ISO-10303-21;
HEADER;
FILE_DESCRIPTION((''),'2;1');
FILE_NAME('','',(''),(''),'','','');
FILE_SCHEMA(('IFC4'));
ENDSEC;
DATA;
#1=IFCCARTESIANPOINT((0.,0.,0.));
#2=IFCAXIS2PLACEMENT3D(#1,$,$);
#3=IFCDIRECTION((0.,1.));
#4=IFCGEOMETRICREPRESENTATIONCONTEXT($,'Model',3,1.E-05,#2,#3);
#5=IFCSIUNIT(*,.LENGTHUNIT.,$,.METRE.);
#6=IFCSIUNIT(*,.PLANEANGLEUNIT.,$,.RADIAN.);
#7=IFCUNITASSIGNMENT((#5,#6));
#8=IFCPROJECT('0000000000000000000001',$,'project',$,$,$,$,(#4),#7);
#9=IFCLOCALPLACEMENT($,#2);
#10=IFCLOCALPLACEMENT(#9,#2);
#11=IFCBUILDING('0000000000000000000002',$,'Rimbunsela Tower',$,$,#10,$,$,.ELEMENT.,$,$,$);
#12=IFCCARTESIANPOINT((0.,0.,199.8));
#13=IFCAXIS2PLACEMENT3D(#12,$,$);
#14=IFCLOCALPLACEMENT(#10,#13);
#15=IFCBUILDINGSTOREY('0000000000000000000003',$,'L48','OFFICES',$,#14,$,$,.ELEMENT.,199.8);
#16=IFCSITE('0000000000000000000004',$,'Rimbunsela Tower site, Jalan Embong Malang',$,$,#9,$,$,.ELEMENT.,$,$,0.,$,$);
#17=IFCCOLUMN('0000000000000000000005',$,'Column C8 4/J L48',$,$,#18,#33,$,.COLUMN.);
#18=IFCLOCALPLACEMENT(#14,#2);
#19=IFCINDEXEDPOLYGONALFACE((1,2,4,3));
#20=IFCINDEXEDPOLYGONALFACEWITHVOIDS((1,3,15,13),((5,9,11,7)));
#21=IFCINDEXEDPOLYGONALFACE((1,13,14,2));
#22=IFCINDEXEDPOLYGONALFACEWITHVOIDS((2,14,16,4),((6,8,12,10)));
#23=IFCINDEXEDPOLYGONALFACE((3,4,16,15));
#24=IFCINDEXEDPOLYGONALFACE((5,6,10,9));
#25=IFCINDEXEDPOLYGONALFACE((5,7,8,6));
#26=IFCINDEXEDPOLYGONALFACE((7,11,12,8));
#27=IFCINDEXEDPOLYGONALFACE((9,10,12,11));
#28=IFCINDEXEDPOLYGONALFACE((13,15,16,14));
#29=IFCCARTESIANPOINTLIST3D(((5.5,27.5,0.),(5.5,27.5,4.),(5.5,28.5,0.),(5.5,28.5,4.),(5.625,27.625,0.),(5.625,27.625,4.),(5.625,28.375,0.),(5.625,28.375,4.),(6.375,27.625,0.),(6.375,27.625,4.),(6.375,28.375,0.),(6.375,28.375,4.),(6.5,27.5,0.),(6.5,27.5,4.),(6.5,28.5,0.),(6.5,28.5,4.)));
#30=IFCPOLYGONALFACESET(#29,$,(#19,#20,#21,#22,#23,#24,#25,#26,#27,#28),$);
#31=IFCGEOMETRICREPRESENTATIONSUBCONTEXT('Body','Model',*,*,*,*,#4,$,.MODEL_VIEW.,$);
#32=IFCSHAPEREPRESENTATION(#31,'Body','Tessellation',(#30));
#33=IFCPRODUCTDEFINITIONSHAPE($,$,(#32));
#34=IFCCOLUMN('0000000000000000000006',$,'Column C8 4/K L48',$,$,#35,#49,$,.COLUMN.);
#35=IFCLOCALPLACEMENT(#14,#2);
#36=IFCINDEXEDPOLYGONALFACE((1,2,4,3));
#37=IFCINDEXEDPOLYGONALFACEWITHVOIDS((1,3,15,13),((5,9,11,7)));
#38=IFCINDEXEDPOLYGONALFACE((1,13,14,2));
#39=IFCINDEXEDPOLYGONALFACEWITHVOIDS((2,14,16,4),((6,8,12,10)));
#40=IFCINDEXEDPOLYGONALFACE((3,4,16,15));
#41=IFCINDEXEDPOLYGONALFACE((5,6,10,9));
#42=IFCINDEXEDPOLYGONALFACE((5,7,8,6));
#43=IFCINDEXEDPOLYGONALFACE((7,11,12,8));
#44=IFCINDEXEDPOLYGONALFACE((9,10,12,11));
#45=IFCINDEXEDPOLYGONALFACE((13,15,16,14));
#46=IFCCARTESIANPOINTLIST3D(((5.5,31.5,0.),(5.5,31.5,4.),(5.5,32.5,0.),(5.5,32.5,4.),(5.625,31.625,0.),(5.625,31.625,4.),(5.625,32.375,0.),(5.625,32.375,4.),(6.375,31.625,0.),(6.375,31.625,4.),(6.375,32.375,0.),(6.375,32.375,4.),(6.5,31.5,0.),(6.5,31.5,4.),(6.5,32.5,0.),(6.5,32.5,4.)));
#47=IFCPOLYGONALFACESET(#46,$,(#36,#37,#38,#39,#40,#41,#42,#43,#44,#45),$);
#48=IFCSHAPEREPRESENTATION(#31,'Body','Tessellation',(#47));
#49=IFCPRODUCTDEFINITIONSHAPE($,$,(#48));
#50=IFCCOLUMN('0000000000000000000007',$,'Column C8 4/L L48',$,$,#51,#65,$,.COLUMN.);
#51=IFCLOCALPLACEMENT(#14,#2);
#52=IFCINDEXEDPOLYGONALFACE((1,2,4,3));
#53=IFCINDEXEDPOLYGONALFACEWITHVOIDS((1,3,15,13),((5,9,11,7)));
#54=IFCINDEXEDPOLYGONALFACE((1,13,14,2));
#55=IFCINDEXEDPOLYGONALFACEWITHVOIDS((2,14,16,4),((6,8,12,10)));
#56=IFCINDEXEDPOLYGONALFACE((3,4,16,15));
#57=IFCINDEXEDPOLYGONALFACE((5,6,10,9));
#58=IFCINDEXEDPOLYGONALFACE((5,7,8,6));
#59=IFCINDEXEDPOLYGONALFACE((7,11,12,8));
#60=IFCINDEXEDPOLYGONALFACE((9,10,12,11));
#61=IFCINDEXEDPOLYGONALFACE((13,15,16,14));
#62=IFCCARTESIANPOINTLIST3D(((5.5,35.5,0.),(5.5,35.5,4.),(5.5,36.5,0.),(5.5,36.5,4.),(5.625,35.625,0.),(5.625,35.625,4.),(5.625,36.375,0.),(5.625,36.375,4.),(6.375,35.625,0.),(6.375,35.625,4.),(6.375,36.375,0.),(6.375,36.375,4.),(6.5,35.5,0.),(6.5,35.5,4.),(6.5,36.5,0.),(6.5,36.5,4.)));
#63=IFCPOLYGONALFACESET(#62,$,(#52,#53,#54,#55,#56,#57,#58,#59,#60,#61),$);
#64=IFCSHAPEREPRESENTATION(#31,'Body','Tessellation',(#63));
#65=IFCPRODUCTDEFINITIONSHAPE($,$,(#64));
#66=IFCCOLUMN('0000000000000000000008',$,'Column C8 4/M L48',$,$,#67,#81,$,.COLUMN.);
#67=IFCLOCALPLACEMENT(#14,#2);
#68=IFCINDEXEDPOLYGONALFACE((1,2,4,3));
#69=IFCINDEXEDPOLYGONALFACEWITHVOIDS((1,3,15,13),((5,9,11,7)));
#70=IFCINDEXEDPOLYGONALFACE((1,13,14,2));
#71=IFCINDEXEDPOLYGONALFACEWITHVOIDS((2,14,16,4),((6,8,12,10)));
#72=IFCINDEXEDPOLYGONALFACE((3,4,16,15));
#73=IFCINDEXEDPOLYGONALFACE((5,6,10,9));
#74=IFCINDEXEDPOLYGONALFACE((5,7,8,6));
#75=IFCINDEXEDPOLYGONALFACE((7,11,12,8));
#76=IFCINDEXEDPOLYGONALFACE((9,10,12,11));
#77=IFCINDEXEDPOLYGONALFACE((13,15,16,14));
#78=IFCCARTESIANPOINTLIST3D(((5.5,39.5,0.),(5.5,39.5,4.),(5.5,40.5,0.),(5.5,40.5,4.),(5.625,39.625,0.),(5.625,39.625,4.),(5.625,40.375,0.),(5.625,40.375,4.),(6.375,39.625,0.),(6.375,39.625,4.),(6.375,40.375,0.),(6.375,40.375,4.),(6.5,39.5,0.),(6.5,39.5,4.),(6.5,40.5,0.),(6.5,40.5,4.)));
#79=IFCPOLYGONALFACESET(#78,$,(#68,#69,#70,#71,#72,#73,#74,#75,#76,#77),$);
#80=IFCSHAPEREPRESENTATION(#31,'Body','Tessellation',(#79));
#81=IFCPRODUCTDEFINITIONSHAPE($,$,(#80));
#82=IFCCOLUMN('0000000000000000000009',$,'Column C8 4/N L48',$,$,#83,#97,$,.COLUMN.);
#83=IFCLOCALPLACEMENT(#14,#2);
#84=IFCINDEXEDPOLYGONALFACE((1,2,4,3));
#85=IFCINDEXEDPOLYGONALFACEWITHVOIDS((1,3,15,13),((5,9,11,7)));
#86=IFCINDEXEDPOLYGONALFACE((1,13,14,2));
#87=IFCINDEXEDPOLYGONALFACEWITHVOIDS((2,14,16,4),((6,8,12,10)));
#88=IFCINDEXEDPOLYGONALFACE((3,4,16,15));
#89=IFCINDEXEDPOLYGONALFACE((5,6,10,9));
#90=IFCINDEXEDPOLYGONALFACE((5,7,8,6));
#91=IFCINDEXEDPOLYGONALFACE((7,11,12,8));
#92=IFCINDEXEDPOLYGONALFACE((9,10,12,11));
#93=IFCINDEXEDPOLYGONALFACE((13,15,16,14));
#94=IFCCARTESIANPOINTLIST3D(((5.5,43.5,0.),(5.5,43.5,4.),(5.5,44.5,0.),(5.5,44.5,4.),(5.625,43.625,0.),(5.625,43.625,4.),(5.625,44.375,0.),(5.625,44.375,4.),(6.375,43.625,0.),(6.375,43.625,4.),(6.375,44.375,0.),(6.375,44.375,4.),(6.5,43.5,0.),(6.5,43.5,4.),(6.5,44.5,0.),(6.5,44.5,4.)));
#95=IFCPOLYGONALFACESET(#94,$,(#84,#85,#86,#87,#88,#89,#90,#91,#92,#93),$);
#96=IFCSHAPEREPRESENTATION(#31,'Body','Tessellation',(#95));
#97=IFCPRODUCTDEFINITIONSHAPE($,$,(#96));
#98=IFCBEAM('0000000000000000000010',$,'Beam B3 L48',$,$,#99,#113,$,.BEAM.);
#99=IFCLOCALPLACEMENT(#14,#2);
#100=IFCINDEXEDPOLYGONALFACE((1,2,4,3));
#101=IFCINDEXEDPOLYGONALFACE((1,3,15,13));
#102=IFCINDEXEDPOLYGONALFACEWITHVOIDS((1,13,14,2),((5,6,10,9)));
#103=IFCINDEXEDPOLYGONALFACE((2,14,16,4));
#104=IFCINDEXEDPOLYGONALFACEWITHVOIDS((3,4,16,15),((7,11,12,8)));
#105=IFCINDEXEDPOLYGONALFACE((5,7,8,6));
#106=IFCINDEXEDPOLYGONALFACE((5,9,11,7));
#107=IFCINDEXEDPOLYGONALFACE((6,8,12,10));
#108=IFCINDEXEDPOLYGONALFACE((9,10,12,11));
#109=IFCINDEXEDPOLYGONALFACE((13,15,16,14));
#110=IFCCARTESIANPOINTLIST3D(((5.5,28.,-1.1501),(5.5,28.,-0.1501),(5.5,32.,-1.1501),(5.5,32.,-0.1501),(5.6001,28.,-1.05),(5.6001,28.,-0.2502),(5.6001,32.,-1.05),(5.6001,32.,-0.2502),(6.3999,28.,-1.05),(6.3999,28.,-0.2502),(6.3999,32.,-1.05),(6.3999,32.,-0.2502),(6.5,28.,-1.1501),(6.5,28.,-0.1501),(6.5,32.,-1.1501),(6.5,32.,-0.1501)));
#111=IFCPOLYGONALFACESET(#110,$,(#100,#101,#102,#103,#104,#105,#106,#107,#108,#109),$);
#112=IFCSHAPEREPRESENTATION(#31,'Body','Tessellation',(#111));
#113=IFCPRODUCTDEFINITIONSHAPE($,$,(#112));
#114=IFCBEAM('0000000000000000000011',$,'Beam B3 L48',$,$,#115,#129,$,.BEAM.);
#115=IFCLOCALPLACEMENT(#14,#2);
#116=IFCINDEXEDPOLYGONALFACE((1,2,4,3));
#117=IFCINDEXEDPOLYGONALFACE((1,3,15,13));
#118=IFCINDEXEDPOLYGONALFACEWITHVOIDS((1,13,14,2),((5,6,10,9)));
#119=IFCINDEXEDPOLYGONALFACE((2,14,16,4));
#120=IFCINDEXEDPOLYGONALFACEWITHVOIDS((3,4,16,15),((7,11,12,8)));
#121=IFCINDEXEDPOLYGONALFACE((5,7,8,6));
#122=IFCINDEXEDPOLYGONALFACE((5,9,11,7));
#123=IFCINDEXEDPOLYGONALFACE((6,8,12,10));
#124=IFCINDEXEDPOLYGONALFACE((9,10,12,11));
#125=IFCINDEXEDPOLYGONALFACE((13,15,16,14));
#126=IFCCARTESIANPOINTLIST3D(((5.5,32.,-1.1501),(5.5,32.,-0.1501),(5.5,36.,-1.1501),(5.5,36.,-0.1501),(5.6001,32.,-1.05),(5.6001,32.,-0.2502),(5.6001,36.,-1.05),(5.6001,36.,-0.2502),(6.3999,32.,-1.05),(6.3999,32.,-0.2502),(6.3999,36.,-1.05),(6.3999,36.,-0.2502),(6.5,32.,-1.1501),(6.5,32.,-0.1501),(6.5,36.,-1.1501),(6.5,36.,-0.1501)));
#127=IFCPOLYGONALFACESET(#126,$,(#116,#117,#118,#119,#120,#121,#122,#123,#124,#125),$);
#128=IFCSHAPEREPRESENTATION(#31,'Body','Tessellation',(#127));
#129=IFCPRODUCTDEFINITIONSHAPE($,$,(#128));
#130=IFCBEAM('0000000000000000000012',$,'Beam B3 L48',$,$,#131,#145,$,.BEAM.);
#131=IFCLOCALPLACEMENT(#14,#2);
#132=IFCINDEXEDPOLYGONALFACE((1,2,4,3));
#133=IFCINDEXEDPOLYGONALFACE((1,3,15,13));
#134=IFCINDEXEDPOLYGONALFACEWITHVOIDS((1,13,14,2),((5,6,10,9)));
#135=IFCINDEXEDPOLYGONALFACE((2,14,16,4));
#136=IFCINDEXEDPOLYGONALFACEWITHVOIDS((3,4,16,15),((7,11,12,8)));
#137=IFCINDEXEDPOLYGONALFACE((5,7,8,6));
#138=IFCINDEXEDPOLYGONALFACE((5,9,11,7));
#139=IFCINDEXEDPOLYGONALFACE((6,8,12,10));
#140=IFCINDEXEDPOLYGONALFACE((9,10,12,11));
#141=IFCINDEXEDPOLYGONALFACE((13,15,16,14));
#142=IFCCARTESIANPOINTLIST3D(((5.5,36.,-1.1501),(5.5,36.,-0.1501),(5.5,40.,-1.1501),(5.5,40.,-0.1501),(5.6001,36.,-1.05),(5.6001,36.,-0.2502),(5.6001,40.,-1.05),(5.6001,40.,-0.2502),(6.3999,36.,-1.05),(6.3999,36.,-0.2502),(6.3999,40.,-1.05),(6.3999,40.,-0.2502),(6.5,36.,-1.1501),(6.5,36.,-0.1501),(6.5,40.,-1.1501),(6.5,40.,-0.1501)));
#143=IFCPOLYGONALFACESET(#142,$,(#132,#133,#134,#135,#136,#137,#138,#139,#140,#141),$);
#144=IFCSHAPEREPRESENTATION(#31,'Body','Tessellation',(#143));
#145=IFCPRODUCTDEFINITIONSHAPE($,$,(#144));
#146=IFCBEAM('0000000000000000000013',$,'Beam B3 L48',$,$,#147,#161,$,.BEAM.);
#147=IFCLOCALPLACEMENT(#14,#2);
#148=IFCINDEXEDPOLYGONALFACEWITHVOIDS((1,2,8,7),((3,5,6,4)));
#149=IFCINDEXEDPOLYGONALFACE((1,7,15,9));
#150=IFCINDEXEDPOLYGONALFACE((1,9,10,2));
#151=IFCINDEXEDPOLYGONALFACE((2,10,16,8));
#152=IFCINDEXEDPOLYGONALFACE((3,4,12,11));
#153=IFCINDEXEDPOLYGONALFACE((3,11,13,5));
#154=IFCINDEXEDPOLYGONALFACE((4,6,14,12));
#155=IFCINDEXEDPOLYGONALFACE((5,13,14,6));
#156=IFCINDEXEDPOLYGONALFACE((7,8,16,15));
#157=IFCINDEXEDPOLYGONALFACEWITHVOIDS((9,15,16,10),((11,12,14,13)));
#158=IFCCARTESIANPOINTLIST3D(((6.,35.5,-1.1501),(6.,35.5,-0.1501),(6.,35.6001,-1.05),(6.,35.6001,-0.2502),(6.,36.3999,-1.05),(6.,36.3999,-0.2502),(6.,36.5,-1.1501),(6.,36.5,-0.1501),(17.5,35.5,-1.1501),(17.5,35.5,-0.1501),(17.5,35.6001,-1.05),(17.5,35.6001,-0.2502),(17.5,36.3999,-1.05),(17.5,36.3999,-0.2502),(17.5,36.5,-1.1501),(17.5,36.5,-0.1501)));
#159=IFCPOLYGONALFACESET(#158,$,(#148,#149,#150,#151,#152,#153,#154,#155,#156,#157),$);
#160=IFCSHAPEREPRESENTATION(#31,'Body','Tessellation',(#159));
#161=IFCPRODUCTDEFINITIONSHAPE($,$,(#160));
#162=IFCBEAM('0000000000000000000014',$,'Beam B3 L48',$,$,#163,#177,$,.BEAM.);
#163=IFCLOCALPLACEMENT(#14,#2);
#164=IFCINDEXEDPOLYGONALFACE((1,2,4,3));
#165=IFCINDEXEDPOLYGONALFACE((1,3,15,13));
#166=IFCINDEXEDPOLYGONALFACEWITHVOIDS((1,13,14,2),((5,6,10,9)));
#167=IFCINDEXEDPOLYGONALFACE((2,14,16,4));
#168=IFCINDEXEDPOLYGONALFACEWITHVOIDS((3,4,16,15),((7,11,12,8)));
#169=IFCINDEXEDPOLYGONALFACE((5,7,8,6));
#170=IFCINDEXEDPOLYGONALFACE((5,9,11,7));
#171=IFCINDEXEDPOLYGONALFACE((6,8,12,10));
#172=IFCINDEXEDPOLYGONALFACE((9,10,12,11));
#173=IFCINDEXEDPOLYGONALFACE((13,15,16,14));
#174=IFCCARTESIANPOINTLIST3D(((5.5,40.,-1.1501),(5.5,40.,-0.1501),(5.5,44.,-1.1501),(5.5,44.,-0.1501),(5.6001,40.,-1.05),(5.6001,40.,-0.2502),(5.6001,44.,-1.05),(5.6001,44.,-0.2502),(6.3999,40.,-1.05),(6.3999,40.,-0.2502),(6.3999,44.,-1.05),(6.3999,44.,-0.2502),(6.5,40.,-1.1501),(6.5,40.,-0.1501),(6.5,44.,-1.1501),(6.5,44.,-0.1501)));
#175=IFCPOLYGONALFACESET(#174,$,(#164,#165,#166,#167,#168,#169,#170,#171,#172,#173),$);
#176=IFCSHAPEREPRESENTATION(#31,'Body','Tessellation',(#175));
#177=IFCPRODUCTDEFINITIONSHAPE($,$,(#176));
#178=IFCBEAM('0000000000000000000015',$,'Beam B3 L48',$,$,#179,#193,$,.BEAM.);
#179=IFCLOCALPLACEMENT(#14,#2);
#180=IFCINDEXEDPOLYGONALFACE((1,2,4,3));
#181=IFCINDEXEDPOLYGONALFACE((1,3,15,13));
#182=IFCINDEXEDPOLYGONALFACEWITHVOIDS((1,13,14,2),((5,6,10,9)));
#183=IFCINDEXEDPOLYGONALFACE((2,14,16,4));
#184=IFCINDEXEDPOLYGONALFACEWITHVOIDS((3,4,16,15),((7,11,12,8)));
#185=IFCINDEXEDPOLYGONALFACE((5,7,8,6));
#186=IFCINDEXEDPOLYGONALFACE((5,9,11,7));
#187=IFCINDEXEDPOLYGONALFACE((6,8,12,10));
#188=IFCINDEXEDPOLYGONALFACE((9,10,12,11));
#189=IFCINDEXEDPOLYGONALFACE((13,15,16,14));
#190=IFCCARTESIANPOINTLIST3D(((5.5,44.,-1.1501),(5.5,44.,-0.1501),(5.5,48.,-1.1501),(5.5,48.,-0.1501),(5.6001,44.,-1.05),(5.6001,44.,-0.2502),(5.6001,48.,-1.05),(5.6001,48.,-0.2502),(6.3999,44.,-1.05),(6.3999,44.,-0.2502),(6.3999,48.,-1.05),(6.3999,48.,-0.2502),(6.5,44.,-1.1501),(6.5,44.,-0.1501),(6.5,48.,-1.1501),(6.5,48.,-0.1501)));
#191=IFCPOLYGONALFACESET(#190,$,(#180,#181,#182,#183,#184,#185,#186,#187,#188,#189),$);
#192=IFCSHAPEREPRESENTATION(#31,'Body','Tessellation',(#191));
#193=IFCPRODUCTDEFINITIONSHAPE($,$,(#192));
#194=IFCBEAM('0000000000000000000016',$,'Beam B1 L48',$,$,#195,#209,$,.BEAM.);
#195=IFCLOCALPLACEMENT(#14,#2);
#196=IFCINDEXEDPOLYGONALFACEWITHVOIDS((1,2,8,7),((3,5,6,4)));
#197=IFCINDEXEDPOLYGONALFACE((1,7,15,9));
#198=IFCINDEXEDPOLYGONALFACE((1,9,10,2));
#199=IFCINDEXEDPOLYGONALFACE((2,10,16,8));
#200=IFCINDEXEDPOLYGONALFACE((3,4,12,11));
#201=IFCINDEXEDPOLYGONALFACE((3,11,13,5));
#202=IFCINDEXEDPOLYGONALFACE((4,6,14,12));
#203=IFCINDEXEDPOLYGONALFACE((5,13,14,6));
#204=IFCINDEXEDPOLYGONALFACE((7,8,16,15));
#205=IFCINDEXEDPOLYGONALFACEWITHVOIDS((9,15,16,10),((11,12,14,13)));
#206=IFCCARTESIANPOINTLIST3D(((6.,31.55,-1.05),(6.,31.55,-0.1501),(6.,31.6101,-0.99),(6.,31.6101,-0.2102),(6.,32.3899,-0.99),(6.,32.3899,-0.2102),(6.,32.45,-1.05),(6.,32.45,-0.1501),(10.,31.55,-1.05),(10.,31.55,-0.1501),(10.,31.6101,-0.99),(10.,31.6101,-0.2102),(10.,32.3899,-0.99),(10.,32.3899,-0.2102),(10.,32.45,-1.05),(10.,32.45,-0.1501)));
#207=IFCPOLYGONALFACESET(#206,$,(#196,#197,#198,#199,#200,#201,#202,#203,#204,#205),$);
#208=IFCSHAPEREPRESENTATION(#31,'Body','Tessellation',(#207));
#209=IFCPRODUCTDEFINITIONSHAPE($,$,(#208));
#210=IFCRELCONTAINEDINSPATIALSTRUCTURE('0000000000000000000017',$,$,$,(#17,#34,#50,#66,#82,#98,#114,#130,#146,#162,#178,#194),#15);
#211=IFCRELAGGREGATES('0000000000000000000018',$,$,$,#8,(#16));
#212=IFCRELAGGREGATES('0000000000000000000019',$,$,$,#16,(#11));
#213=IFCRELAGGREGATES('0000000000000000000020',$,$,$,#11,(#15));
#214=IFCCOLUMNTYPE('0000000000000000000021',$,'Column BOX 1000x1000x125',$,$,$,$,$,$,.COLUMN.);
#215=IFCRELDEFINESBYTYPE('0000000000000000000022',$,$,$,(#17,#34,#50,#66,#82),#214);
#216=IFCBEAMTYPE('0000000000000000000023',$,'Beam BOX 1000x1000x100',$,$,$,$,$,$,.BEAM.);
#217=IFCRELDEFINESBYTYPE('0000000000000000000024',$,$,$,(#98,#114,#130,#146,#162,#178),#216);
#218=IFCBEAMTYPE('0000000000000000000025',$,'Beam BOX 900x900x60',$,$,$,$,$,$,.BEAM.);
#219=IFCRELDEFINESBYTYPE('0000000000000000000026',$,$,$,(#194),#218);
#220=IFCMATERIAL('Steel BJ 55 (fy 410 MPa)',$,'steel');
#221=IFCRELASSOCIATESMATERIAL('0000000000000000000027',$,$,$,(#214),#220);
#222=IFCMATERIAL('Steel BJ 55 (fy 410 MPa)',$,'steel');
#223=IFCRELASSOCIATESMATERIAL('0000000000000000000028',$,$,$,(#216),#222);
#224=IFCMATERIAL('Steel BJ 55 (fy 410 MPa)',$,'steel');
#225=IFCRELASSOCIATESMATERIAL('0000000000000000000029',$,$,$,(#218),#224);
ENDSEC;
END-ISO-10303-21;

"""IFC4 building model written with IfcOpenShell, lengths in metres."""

from ifc_helpers import new_model, si_unit, direction, frame, origin, origin_2d, place, context, subcontext, project, spatial, hollow_rectangle, extrude, material, material_profile, profile_set, type_object, element, save


model = new_model("IFC4")

# Units and contexts
model_context = context("Model", 3, precision=1e-05, world=origin(), true_north=direction((0.0, 1.0)))
body_context = subcontext(model_context, "Body", "Model", "MODEL_VIEW")
ifc_project = project(units=[si_unit("LENGTHUNIT", "METRE"), si_unit("PLANEANGLEUNIT", "RADIAN")], contexts=[model_context])

# Site, building, storey
site_placement = place(None, origin())
site = spatial("IfcSite", under=ifc_project, at=site_placement, Name="Rimbunsela Tower site, Jalan Embong Malang", CompositionType="ELEMENT", RefElevation=0.0)
building_placement = place(site_placement, origin())
building = spatial("IfcBuilding", under=site, at=building_placement, Name="Rimbunsela Tower", CompositionType="ELEMENT")
storey_placement = place(building_placement, frame((0.0, 0.0, 199.8)))
storey = spatial("IfcBuildingStorey", under=building, at=storey_placement, Name="L48", Description="OFFICES", CompositionType="ELEMENT", Elevation=199.8)

# Columns
ifc_material_1 = material(Name="Steel BJ 55 (fy 410 MPa)", Category="steel")
ifc_material_profile_1 = material_profile(ifc_material_1, hollow_rectangle(XDim=1.0, YDim=1.0, WallThickness=0.125, at=origin_2d()), Name="BOX 1000x1000x125")
ifc_profile_set_1 = profile_set([ifc_material_profile_1], Name="Steel BJ 55 (fy 410 MPa)")
column_type = type_object("IfcColumnType", Name="Column BOX 1000x1000x125", PredefinedType="COLUMN", material=ifc_profile_set_1)
for number, where, z_axis, x_axis, name in (
    (1, (6.0, 28.0, 0.0), (0.0, 0.0, 1.0), (1.0, 0.0, 0.0), "Column C8 4/J L48"),
    (2, (6.0, 32.0, 0.0), (0.0, 0.0, 1.0), (1.0, 0.0, 0.0), "Column C8 4/K L48"),
    (3, (6.0, 36.0, 0.0), (0.0, 0.0, 1.0), (1.0, 0.0, 0.0), "Column C8 4/L L48"),
    (4, (6.0, 40.0, 0.0), (0.0, 0.0, 1.0), (1.0, 0.0, 0.0), "Column C8 4/M L48"),
    (5, (6.0, 44.0, 0.0), (0.0, 0.0, 1.0), (1.0, 0.0, 0.0), "Column C8 4/N L48"),
):
    element("IfcColumn", number, at=place(storey_placement, frame(where, z_axis=z_axis, x_axis=x_axis)), inside=storey, type_object=column_type, Name=name, PredefinedType="COLUMN", context=body_context, shape_type="SweptSolid", body=[
        extrude(hollow_rectangle(XDim=1.0, YDim=1.0, WallThickness=0.125, at=origin_2d()), origin(), (0.0, 0.0, 1.0), 4.0),
    ])

# Beams
ifc_material_2 = material(Name="Steel BJ 55 (fy 410 MPa)", Category="steel")
ifc_material_profile_2 = material_profile(ifc_material_2, hollow_rectangle(XDim=1.0, YDim=1.0, WallThickness=0.1001, at=origin_2d()), Name="BOX 1000x1000x100")
ifc_profile_set_2 = profile_set([ifc_material_profile_2], Name="Steel BJ 55 (fy 410 MPa)")
beam_type_1 = type_object("IfcBeamType", Name="Beam BOX 1000x1000x100", PredefinedType="BEAM", material=ifc_profile_set_2)
for number, where, z_axis, x_axis, name in (
    (6, (6.0, 28.0, -0.6501), (0.0, 1.0, 0.0), (-1.0, 0.0, 0.0), "Beam B3 L48"),
    (7, (6.0, 32.0, -0.6501), (0.0, 1.0, 0.0), (-1.0, 0.0, 0.0), "Beam B3 L48"),
    (8, (6.0, 36.0, -0.6501), (0.0, 1.0, 0.0), (-1.0, 0.0, 0.0), "Beam B3 L48"),
):
    element("IfcBeam", number, at=place(storey_placement, frame(where, z_axis=z_axis, x_axis=x_axis)), inside=storey, type_object=beam_type_1, Name=name, PredefinedType="BEAM", context=body_context, shape_type="SweptSolid", body=[
        extrude(hollow_rectangle(XDim=1.0, YDim=1.0, WallThickness=0.1001, at=origin_2d()), origin(), (0.0, 0.0, 1.0), 4.0),
    ])
beam_1_placement = place(storey_placement, frame((6.0, 36.0, -0.6501), z_axis=(1.0, 0.0, 0.0), x_axis=(0.0, 1.0, 0.0)))
element("IfcBeam", 9, at=beam_1_placement, inside=storey, type_object=beam_type_1, Name="Beam B3 L48", PredefinedType="BEAM", context=body_context, shape_type="SweptSolid", body=[
    extrude(hollow_rectangle(XDim=1.0, YDim=1.0, WallThickness=0.1001, at=origin_2d()), origin(), (0.0, 0.0, 1.0), 11.5),
])
for number, where, z_axis, x_axis, name in (
    (10, (6.0, 40.0, -0.6501), (0.0, 1.0, 0.0), (-1.0, 0.0, 0.0), "Beam B3 L48"),
    (11, (6.0, 44.0, -0.6501), (0.0, 1.0, 0.0), (-1.0, 0.0, 0.0), "Beam B3 L48"),
):
    element("IfcBeam", number, at=place(storey_placement, frame(where, z_axis=z_axis, x_axis=x_axis)), inside=storey, type_object=beam_type_1, Name=name, PredefinedType="BEAM", context=body_context, shape_type="SweptSolid", body=[
        extrude(hollow_rectangle(XDim=1.0, YDim=1.0, WallThickness=0.1001, at=origin_2d()), origin(), (0.0, 0.0, 1.0), 4.0),
    ])
ifc_material_3 = material(Name="Steel BJ 55 (fy 410 MPa)", Category="steel")
ifc_material_profile_3 = material_profile(ifc_material_3, hollow_rectangle(XDim=0.8999, YDim=0.8999, WallThickness=0.0601, at=origin_2d()), Name="BOX 900x900x60")
ifc_profile_set_3 = profile_set([ifc_material_profile_3], Name="Steel BJ 55 (fy 410 MPa)")
beam_type_2 = type_object("IfcBeamType", Name="Beam BOX 900x900x60", PredefinedType="BEAM", material=ifc_profile_set_3)
beam_2_placement = place(storey_placement, frame((6.0, 32.0, -0.6001), z_axis=(1.0, 0.0, 0.0), x_axis=(0.0, 1.0, 0.0)))
element("IfcBeam", 12, at=beam_2_placement, inside=storey, type_object=beam_type_2, Name="Beam B1 L48", PredefinedType="BEAM", context=body_context, shape_type="SweptSolid", body=[
    extrude(hollow_rectangle(XDim=0.8999, YDim=0.8999, WallThickness=0.0601, at=origin_2d()), origin(), (0.0, 0.0, 1.0), 4.0),
])

save(model, "model.ifc")
